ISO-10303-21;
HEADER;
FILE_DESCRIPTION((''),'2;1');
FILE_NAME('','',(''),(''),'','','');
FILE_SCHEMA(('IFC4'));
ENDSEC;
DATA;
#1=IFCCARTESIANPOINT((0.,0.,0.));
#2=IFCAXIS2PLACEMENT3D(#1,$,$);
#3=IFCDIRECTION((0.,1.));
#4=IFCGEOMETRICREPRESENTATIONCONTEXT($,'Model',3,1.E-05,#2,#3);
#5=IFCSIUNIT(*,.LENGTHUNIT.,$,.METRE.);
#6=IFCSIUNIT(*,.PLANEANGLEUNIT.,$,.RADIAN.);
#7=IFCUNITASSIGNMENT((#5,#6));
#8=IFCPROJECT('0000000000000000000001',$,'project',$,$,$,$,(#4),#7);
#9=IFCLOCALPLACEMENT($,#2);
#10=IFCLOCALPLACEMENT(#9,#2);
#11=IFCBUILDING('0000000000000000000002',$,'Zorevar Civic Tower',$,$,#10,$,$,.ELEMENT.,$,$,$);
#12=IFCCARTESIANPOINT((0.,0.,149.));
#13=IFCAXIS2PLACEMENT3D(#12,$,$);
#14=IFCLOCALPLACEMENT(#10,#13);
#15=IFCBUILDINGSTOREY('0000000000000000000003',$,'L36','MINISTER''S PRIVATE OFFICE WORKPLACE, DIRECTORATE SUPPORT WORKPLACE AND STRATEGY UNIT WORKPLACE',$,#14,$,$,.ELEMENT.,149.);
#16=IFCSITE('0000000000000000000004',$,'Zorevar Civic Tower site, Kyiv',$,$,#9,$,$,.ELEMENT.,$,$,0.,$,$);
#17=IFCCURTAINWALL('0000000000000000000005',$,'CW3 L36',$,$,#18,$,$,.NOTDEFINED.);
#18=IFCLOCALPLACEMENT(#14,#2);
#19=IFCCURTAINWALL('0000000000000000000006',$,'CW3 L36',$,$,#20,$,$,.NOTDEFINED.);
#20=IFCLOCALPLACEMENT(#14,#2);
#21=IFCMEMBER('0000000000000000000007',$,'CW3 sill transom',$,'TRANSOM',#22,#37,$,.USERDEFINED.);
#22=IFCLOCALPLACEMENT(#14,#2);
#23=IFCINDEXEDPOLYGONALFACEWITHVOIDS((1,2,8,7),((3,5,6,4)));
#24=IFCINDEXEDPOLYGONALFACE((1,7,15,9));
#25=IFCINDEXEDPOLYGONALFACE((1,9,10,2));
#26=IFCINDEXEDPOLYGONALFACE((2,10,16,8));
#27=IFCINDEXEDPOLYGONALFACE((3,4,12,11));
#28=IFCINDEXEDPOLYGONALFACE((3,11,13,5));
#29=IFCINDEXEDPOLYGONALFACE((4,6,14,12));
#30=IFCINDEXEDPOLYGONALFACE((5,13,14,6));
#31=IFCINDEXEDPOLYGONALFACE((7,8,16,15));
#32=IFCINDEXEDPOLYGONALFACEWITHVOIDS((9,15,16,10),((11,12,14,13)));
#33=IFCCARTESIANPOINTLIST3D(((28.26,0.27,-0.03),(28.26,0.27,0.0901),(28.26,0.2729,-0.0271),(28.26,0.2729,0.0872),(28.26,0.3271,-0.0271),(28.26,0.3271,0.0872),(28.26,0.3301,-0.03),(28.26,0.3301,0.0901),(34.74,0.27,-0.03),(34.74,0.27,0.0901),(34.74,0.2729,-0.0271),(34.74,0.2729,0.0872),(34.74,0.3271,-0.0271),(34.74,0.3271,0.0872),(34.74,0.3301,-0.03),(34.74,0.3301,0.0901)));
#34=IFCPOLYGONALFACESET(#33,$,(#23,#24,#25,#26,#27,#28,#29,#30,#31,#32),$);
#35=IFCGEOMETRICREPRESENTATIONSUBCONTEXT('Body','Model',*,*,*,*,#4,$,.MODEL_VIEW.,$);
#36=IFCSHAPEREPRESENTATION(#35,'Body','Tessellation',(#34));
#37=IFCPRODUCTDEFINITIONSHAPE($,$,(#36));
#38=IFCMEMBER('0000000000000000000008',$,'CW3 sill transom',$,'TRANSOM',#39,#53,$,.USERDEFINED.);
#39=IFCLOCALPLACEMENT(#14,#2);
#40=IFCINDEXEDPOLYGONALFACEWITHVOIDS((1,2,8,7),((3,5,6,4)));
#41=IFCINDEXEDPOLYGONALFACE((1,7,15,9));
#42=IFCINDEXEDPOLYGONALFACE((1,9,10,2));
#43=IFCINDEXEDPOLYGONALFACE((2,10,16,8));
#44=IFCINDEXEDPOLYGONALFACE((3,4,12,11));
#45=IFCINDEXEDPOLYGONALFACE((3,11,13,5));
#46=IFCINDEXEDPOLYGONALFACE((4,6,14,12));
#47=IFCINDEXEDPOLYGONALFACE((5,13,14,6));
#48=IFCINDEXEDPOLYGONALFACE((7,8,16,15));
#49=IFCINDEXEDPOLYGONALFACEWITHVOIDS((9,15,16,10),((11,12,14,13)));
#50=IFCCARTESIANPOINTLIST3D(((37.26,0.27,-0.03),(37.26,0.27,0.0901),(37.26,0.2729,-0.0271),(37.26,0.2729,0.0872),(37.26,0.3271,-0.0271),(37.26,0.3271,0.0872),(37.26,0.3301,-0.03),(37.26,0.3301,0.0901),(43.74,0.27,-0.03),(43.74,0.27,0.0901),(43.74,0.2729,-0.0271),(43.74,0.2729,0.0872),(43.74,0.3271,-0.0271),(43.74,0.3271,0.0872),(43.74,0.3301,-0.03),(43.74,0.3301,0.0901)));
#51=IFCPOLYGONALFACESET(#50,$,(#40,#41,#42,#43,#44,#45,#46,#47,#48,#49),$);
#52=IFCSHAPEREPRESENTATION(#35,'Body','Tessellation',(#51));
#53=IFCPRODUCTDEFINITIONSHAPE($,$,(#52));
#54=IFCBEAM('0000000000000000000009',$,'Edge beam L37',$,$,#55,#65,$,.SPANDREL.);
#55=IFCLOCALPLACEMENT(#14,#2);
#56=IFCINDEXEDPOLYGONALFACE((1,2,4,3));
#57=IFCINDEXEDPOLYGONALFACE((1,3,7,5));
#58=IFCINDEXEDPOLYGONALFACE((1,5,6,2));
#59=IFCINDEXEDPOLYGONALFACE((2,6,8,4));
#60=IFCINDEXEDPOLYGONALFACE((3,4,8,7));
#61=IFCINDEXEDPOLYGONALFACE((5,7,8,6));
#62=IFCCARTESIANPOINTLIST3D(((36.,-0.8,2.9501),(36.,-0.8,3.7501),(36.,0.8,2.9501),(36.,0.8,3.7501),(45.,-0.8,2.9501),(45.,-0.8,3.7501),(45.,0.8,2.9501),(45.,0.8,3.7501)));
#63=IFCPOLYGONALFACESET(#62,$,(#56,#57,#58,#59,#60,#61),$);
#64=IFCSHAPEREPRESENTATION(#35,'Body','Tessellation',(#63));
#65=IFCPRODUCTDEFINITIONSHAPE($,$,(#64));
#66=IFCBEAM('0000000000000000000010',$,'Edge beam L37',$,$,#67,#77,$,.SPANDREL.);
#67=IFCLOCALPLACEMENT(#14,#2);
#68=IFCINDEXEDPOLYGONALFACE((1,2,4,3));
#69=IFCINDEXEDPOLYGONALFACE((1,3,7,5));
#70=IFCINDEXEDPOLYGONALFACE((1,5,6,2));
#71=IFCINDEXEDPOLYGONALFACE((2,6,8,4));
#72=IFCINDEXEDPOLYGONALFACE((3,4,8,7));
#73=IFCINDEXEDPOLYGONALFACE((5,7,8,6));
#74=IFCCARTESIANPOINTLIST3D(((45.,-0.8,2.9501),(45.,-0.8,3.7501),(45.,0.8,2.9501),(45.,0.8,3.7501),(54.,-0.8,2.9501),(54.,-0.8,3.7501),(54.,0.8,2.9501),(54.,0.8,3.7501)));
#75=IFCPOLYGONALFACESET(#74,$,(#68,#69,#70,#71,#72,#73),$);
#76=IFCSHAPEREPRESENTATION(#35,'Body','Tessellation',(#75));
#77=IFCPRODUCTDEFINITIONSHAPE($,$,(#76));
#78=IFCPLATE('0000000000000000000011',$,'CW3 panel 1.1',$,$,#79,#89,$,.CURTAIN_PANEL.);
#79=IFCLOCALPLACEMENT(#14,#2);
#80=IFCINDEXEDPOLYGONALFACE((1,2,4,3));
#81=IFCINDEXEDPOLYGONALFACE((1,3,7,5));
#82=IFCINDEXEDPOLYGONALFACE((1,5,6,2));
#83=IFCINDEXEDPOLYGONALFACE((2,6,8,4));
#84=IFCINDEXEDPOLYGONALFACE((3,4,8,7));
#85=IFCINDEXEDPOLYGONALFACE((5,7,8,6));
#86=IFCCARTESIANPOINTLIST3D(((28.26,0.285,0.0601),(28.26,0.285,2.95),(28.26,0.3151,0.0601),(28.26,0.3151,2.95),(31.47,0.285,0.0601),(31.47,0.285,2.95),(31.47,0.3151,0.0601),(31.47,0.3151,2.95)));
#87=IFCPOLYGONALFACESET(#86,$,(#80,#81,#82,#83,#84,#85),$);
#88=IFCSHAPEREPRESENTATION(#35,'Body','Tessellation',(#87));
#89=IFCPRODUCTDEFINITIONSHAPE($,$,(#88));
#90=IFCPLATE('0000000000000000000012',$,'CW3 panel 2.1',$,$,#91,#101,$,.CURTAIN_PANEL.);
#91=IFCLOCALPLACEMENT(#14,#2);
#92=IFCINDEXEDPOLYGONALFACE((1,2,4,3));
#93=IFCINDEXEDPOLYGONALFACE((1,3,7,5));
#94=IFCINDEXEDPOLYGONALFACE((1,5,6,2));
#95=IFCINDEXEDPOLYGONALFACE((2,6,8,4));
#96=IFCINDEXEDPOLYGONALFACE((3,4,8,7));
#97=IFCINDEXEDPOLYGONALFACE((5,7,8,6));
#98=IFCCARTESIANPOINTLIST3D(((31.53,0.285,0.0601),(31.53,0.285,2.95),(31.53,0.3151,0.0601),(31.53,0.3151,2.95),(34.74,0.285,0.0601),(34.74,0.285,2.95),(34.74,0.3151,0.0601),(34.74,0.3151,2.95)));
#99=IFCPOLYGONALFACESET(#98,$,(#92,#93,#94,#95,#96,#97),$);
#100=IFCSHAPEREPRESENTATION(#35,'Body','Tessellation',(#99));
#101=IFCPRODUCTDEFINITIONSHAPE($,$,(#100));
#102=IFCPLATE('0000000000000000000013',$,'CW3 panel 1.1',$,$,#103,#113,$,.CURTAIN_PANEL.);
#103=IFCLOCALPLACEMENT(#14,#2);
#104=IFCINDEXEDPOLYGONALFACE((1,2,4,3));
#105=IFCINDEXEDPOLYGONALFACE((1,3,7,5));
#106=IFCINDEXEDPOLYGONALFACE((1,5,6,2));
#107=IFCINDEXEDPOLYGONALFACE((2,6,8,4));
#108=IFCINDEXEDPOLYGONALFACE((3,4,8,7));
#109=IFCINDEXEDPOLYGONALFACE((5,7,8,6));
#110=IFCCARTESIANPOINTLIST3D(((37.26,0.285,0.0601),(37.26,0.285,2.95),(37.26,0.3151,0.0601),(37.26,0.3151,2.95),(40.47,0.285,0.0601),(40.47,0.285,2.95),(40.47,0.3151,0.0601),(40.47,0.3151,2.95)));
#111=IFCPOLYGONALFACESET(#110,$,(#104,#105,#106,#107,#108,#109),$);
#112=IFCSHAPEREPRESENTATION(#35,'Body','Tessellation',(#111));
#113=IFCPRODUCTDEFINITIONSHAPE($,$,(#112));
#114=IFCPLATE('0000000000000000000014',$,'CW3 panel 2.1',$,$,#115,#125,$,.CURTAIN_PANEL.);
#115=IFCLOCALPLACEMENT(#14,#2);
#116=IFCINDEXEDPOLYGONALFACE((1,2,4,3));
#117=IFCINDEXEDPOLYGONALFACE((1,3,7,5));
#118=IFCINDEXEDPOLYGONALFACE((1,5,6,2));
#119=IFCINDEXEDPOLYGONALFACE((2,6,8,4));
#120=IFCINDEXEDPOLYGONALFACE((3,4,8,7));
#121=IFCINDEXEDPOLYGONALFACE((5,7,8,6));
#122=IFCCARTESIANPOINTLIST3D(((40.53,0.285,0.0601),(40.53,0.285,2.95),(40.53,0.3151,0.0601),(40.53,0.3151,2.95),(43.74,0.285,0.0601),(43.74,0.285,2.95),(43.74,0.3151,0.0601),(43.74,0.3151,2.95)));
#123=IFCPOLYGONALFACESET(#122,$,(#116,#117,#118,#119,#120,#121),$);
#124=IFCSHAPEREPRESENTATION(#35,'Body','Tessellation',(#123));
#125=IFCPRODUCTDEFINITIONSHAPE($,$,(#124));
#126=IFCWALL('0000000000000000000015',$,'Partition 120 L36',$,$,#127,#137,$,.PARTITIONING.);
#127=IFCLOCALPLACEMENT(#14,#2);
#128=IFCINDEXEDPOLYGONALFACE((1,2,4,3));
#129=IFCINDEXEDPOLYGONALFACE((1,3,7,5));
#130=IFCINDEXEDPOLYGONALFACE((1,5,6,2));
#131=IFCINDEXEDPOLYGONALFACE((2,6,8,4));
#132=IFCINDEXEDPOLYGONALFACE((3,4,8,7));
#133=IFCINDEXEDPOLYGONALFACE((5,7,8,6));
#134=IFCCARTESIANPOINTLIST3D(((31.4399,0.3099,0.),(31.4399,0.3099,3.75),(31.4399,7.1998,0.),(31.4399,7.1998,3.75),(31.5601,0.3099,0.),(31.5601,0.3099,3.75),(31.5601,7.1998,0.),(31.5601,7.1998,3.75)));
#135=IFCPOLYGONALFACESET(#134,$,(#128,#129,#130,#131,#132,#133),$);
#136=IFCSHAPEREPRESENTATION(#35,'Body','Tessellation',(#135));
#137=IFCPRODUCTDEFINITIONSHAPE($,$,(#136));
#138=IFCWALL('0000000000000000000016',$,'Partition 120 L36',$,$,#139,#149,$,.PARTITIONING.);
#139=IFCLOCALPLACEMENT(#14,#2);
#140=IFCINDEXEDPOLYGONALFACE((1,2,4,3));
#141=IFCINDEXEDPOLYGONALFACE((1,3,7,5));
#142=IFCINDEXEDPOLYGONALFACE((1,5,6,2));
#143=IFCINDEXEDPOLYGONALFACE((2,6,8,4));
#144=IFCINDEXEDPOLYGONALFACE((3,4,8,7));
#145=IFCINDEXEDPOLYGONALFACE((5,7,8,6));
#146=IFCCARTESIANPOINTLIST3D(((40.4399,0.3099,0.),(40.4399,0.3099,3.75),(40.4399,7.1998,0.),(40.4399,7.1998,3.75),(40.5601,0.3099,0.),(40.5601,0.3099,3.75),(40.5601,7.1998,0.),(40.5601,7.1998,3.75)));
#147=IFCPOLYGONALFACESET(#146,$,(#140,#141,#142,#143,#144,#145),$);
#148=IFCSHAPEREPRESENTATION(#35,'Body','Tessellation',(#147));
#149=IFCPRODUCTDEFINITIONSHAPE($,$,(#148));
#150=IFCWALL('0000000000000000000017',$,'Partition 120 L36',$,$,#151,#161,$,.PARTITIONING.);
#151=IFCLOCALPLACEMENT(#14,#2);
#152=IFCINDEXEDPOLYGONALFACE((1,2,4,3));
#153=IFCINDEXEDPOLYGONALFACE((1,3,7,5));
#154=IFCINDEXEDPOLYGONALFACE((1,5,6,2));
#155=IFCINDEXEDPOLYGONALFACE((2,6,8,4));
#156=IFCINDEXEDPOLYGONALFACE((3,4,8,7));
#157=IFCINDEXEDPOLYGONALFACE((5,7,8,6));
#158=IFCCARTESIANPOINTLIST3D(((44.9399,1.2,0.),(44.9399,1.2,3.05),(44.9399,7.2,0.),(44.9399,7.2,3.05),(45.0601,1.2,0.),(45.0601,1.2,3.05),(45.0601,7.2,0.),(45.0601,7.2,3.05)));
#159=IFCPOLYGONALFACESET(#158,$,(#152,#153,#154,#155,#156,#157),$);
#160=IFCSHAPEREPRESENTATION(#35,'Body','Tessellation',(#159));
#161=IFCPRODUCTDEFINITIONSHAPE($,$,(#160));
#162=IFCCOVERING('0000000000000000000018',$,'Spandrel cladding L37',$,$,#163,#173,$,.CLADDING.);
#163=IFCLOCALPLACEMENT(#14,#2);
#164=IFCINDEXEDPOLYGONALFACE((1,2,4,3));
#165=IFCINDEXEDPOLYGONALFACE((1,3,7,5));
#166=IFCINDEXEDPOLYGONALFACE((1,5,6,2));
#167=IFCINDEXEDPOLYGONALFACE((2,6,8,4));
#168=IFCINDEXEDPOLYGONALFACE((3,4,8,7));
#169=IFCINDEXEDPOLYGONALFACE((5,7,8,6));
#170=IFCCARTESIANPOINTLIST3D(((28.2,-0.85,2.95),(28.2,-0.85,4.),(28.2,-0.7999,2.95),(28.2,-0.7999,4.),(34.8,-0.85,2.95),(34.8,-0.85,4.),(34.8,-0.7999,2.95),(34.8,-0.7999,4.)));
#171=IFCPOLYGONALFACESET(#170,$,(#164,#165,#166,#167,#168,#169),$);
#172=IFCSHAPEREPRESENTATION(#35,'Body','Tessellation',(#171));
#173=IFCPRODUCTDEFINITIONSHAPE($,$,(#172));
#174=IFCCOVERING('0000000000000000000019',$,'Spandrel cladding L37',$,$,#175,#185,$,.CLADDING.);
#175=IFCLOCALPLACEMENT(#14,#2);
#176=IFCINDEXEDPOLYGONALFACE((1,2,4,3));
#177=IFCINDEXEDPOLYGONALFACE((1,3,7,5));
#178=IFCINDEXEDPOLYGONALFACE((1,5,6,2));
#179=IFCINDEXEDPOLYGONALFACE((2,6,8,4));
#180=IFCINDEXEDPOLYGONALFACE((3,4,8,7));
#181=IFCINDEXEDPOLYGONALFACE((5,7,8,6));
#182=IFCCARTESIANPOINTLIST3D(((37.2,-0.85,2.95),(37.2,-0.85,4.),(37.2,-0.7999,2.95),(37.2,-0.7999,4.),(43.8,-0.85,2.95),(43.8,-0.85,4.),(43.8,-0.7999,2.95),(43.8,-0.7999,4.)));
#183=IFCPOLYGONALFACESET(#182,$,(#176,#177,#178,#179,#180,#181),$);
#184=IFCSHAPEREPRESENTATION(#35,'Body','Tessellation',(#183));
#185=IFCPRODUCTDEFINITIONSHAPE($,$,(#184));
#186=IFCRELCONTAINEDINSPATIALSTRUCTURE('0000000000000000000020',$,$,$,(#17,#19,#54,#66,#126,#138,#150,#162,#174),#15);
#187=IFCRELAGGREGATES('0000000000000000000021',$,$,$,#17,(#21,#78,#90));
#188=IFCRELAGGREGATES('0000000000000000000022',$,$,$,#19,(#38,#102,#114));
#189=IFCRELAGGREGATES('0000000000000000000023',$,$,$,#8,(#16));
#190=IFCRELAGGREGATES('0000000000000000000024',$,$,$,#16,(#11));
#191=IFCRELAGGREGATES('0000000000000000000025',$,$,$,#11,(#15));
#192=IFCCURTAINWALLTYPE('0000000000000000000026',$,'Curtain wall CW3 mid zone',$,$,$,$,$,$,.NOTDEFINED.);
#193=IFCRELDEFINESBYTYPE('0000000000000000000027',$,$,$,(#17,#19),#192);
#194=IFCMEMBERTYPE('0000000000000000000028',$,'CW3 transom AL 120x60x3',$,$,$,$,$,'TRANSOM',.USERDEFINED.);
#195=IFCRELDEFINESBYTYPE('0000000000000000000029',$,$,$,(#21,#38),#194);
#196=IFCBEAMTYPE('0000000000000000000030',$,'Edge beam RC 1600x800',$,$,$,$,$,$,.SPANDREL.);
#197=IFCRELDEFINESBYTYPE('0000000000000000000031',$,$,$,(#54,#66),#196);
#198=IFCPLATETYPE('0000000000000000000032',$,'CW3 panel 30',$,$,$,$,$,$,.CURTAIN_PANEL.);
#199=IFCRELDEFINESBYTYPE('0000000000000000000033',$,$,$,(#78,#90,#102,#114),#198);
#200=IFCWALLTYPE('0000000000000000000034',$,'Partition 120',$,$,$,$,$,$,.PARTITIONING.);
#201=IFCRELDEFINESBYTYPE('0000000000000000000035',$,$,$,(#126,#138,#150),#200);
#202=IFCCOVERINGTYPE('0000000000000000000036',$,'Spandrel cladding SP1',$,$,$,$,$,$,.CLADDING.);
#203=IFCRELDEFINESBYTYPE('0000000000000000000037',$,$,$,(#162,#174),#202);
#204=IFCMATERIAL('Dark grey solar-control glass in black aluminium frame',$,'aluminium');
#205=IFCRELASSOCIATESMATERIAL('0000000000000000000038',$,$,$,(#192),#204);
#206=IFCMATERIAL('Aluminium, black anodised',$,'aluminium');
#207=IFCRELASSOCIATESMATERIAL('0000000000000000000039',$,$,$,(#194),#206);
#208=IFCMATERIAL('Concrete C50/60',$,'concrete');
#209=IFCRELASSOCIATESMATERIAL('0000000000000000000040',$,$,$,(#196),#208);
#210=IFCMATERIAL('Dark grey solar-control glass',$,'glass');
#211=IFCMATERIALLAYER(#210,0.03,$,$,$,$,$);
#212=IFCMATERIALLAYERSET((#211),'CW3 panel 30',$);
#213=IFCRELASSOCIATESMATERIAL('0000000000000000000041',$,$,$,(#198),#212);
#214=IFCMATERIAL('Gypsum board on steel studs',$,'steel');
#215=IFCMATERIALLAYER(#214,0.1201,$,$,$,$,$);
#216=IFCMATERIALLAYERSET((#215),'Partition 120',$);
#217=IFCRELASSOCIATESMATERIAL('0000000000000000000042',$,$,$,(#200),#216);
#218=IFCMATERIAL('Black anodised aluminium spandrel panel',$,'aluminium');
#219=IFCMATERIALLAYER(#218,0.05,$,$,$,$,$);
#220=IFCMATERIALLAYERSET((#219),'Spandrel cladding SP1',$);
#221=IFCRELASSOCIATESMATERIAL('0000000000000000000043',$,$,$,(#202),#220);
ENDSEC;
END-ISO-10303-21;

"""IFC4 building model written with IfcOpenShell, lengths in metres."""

from ifc_helpers import new_model, si_unit, direction, frame, frame_2d, origin, origin_2d, place, context, subcontext, project, spatial, rectangle, hollow_rectangle, extrude, material, layer, layer_set, material_profile, profile_set, type_object, element, aggregate, save


model = new_model("IFC4")

# Units and contexts
model_context = context("Model", 3, precision=1e-05, world=origin(), true_north=direction((0.0, 1.0)))
body_context = subcontext(model_context, "Body", "Model", "MODEL_VIEW")
ifc_project = project(units=[si_unit("LENGTHUNIT", "METRE"), si_unit("PLANEANGLEUNIT", "RADIAN")], contexts=[model_context])

# Site, building, storey
site_placement = place(None, origin())
site = spatial("IfcSite", under=ifc_project, at=site_placement, Name="Zorevar Civic Tower site, Kyiv", CompositionType="ELEMENT", RefElevation=0.0)
building_placement = place(site_placement, origin())
building = spatial("IfcBuilding", under=site, at=building_placement, Name="Zorevar Civic Tower", CompositionType="ELEMENT")
storey_placement = place(building_placement, frame((0.0, 0.0, 149.0)))
storey = spatial("IfcBuildingStorey", under=building, at=storey_placement, Name="L36", Description="MINISTER'S PRIVATE OFFICE WORKPLACE, DIRECTORATE SUPPORT WORKPLACE AND STRATEGY UNIT WORKPLACE", CompositionType="ELEMENT", Elevation=149.0)

# Curtain walls
ifc_material_1 = material(Name="Dark grey solar-control glass in black aluminium frame", Category="aluminium")
curtain_wall_type = type_object("IfcCurtainWallType", Name="Curtain wall CW3 mid zone", PredefinedType="NOTDEFINED", material=ifc_material_1)
curtain_wall_1_placement = place(storey_placement, origin())
curtain_wall_1 = element("IfcCurtainWall", 1, at=curtain_wall_1_placement, inside=storey, type_object=curtain_wall_type, Name="CW3 L36", PredefinedType="NOTDEFINED")
curtain_wall_2_placement = place(storey_placement, origin())
curtain_wall_2 = element("IfcCurtainWall", 2, at=curtain_wall_2_placement, inside=storey, type_object=curtain_wall_type, Name="CW3 L36", PredefinedType="NOTDEFINED")

# Members
ifc_material_2 = material(Name="Aluminium, black anodised", Category="aluminium")
ifc_material_profile_1 = material_profile(ifc_material_2, hollow_rectangle(XDim=0.0601, YDim=0.1201, WallThickness=0.0029, at=origin_2d()), Name="AL 120x60x3")
ifc_profile_set_1 = profile_set([ifc_material_profile_1], Name="Aluminium, black anodised")
member_type_1 = type_object("IfcMemberType", Name="CW3 transom AL 120x60x3", ElementType="TRANSOM", PredefinedType="USERDEFINED", material=ifc_profile_set_1)
member_1_placement = place(storey_placement, frame((28.26, 0.3, 0.03), z_axis=(1.0, 0.0, 0.0), x_axis=(0.0, 1.0, 0.0)))
member_1 = element("IfcMember", 3, at=member_1_placement, type_object=member_type_1, Name="CW3 sill transom", ObjectType="TRANSOM", PredefinedType="USERDEFINED", context=body_context, shape_type="SweptSolid", body=[
    extrude(hollow_rectangle(XDim=0.0601, YDim=0.1201, WallThickness=0.0029, at=origin_2d()), origin(), (0.0, 0.0, 1.0), 6.48),
])
member_2_placement = place(storey_placement, frame((37.26, 0.3, 0.03), z_axis=(1.0, 0.0, 0.0), x_axis=(0.0, 1.0, 0.0)))
member_2 = element("IfcMember", 4, at=member_2_placement, type_object=member_type_1, Name="CW3 sill transom", ObjectType="TRANSOM", PredefinedType="USERDEFINED", context=body_context, shape_type="SweptSolid", body=[
    extrude(hollow_rectangle(XDim=0.0601, YDim=0.1201, WallThickness=0.0029, at=origin_2d()), origin(), (0.0, 0.0, 1.0), 6.48),
])

# Beams
ifc_material_3 = material(Name="Concrete C50/60", Category="concrete")
ifc_material_profile_2 = material_profile(ifc_material_3, rectangle(XDim=1.6001, YDim=0.8, at=origin_2d()), Name="RC 1600x800")
ifc_profile_set_2 = profile_set([ifc_material_profile_2], Name="Concrete C50/60")
beam_type_1 = type_object("IfcBeamType", Name="Edge beam RC 1600x800", PredefinedType="SPANDREL", material=ifc_profile_set_2)
for number, where, z_axis, x_axis, name in (
    (5, (36.0, 0.0, 3.3501), (1.0, 0.0, 0.0), (0.0, 1.0, 0.0), "Edge beam L37"),
    (6, (45.0, 0.0, 3.3501), (1.0, 0.0, 0.0), (0.0, 1.0, 0.0), "Edge beam L37"),
):
    element("IfcBeam", number, at=place(storey_placement, frame(where, z_axis=z_axis, x_axis=x_axis)), inside=storey, type_object=beam_type_1, Name=name, PredefinedType="SPANDREL", context=body_context, shape_type="SweptSolid", body=[
        extrude(rectangle(XDim=1.6001, YDim=0.8, at=origin_2d()), origin(), (0.0, 0.0, 1.0), 9.0),
    ])

# Plates
ifc_material_4 = material(Name="Dark grey solar-control glass", Category="glass")
ifc_layer_1 = layer(ifc_material_4, 0.03)
ifc_layer_set_1 = layer_set([ifc_layer_1], Name="CW3 panel 30")
plate_type = type_object("IfcPlateType", Name="CW3 panel 30", PredefinedType="CURTAIN_PANEL", material=ifc_layer_set_1)
plate_1_placement = place(storey_placement, frame((29.865, 0.3, 0.0601), z_axis=(0.0, 0.0, 1.0), x_axis=(1.0, 0.0, 0.0)))
plate_1 = element("IfcPlate", 7, at=plate_1_placement, type_object=plate_type, Name="CW3 panel 1.1", PredefinedType="CURTAIN_PANEL", context=body_context, shape_type="SweptSolid", body=[
    extrude(rectangle(XDim=3.21, YDim=0.03, at=origin_2d()), origin(), (0.0, 0.0, 1.0), 2.8899),
])
plate_2_placement = place(storey_placement, frame((33.135, 0.3, 0.0601), z_axis=(0.0, 0.0, 1.0), x_axis=(1.0, 0.0, 0.0)))
plate_2 = element("IfcPlate", 8, at=plate_2_placement, type_object=plate_type, Name="CW3 panel 2.1", PredefinedType="CURTAIN_PANEL", context=body_context, shape_type="SweptSolid", body=[
    extrude(rectangle(XDim=3.21, YDim=0.03, at=origin_2d()), origin(), (0.0, 0.0, 1.0), 2.8899),
])
aggregate(curtain_wall_1, [member_1, plate_1, plate_2])
plate_3_placement = place(storey_placement, frame((38.865, 0.3, 0.0601), z_axis=(0.0, 0.0, 1.0), x_axis=(1.0, 0.0, 0.0)))
plate_3 = element("IfcPlate", 9, at=plate_3_placement, type_object=plate_type, Name="CW3 panel 1.1", PredefinedType="CURTAIN_PANEL", context=body_context, shape_type="SweptSolid", body=[
    extrude(rectangle(XDim=3.21, YDim=0.03, at=origin_2d()), origin(), (0.0, 0.0, 1.0), 2.8899),
])
plate_4_placement = place(storey_placement, frame((42.135, 0.3, 0.0601), z_axis=(0.0, 0.0, 1.0), x_axis=(1.0, 0.0, 0.0)))
plate_4 = element("IfcPlate", 10, at=plate_4_placement, type_object=plate_type, Name="CW3 panel 2.1", PredefinedType="CURTAIN_PANEL", context=body_context, shape_type="SweptSolid", body=[
    extrude(rectangle(XDim=3.21, YDim=0.03, at=origin_2d()), origin(), (0.0, 0.0, 1.0), 2.8899),
])
aggregate(curtain_wall_2, [member_2, plate_3, plate_4])

# Walls
ifc_material_5 = material(Name="Gypsum board on steel studs", Category="steel")
ifc_layer_2 = layer(ifc_material_5, 0.1201)
ifc_layer_set_2 = layer_set([ifc_layer_2], Name="Partition 120")
wall_type = type_object("IfcWallType", Name="Partition 120", PredefinedType="PARTITIONING", material=ifc_layer_set_2)
for number, where, z_axis, x_axis, name in (
    (11, (31.5, 0.3101, 0.0), (0.0, 0.0, 1.0), (0.0, 1.0, 0.0), "Partition 120 L36"),
    (12, (40.5, 0.3101, 0.0), (0.0, 0.0, 1.0), (0.0, 1.0, 0.0), "Partition 120 L36"),
):
    element("IfcWall", number, at=place(storey_placement, frame(where, z_axis=z_axis, x_axis=x_axis)), inside=storey, type_object=wall_type, Name=name, PredefinedType="PARTITIONING", context=body_context, shape_type="SweptSolid", body=[
        extrude(rectangle(XDim=6.8899, YDim=0.1201, at=frame_2d((3.4448, 0.0))), origin(), (0.0, 0.0, 1.0), 3.75),
    ])
wall_placement = place(storey_placement, frame((45.0, 1.2, 0.0), z_axis=(0.0, 0.0, 1.0), x_axis=(0.0, 1.0, 0.0)))
element("IfcWall", 13, at=wall_placement, inside=storey, type_object=wall_type, Name="Partition 120 L36", PredefinedType="PARTITIONING", context=body_context, shape_type="SweptSolid", body=[
    extrude(rectangle(XDim=6.0, YDim=0.1201, at=frame_2d((3.0, 0.0))), origin(), (0.0, 0.0, 1.0), 3.05),
])

# Coverings
ifc_material_6 = material(Name="Black anodised aluminium spandrel panel", Category="aluminium")
ifc_layer_3 = layer(ifc_material_6, 0.05)
ifc_layer_set_3 = layer_set([ifc_layer_3], Name="Spandrel cladding SP1")
covering_type = type_object("IfcCoveringType", Name="Spandrel cladding SP1", PredefinedType="CLADDING", material=ifc_layer_set_3)
for number, where, z_axis, x_axis, name in (
    (14, (28.2, -0.825, 2.95), (0.0, 0.0, 1.0), (1.0, 0.0, 0.0), "Spandrel cladding L37"),
    (15, (37.2, -0.825, 2.95), (0.0, 0.0, 1.0), (1.0, 0.0, 0.0), "Spandrel cladding L37"),
):
    element("IfcCovering", number, at=place(storey_placement, frame(where, z_axis=z_axis, x_axis=x_axis)), inside=storey, type_object=covering_type, Name=name, PredefinedType="CLADDING", context=body_context, shape_type="SweptSolid", body=[
        extrude(rectangle(XDim=6.6001, YDim=0.05, at=frame_2d((3.3, 0.0))), origin(), (0.0, 0.0, 1.0), 1.05),
    ])

save(model, "model.ifc")
